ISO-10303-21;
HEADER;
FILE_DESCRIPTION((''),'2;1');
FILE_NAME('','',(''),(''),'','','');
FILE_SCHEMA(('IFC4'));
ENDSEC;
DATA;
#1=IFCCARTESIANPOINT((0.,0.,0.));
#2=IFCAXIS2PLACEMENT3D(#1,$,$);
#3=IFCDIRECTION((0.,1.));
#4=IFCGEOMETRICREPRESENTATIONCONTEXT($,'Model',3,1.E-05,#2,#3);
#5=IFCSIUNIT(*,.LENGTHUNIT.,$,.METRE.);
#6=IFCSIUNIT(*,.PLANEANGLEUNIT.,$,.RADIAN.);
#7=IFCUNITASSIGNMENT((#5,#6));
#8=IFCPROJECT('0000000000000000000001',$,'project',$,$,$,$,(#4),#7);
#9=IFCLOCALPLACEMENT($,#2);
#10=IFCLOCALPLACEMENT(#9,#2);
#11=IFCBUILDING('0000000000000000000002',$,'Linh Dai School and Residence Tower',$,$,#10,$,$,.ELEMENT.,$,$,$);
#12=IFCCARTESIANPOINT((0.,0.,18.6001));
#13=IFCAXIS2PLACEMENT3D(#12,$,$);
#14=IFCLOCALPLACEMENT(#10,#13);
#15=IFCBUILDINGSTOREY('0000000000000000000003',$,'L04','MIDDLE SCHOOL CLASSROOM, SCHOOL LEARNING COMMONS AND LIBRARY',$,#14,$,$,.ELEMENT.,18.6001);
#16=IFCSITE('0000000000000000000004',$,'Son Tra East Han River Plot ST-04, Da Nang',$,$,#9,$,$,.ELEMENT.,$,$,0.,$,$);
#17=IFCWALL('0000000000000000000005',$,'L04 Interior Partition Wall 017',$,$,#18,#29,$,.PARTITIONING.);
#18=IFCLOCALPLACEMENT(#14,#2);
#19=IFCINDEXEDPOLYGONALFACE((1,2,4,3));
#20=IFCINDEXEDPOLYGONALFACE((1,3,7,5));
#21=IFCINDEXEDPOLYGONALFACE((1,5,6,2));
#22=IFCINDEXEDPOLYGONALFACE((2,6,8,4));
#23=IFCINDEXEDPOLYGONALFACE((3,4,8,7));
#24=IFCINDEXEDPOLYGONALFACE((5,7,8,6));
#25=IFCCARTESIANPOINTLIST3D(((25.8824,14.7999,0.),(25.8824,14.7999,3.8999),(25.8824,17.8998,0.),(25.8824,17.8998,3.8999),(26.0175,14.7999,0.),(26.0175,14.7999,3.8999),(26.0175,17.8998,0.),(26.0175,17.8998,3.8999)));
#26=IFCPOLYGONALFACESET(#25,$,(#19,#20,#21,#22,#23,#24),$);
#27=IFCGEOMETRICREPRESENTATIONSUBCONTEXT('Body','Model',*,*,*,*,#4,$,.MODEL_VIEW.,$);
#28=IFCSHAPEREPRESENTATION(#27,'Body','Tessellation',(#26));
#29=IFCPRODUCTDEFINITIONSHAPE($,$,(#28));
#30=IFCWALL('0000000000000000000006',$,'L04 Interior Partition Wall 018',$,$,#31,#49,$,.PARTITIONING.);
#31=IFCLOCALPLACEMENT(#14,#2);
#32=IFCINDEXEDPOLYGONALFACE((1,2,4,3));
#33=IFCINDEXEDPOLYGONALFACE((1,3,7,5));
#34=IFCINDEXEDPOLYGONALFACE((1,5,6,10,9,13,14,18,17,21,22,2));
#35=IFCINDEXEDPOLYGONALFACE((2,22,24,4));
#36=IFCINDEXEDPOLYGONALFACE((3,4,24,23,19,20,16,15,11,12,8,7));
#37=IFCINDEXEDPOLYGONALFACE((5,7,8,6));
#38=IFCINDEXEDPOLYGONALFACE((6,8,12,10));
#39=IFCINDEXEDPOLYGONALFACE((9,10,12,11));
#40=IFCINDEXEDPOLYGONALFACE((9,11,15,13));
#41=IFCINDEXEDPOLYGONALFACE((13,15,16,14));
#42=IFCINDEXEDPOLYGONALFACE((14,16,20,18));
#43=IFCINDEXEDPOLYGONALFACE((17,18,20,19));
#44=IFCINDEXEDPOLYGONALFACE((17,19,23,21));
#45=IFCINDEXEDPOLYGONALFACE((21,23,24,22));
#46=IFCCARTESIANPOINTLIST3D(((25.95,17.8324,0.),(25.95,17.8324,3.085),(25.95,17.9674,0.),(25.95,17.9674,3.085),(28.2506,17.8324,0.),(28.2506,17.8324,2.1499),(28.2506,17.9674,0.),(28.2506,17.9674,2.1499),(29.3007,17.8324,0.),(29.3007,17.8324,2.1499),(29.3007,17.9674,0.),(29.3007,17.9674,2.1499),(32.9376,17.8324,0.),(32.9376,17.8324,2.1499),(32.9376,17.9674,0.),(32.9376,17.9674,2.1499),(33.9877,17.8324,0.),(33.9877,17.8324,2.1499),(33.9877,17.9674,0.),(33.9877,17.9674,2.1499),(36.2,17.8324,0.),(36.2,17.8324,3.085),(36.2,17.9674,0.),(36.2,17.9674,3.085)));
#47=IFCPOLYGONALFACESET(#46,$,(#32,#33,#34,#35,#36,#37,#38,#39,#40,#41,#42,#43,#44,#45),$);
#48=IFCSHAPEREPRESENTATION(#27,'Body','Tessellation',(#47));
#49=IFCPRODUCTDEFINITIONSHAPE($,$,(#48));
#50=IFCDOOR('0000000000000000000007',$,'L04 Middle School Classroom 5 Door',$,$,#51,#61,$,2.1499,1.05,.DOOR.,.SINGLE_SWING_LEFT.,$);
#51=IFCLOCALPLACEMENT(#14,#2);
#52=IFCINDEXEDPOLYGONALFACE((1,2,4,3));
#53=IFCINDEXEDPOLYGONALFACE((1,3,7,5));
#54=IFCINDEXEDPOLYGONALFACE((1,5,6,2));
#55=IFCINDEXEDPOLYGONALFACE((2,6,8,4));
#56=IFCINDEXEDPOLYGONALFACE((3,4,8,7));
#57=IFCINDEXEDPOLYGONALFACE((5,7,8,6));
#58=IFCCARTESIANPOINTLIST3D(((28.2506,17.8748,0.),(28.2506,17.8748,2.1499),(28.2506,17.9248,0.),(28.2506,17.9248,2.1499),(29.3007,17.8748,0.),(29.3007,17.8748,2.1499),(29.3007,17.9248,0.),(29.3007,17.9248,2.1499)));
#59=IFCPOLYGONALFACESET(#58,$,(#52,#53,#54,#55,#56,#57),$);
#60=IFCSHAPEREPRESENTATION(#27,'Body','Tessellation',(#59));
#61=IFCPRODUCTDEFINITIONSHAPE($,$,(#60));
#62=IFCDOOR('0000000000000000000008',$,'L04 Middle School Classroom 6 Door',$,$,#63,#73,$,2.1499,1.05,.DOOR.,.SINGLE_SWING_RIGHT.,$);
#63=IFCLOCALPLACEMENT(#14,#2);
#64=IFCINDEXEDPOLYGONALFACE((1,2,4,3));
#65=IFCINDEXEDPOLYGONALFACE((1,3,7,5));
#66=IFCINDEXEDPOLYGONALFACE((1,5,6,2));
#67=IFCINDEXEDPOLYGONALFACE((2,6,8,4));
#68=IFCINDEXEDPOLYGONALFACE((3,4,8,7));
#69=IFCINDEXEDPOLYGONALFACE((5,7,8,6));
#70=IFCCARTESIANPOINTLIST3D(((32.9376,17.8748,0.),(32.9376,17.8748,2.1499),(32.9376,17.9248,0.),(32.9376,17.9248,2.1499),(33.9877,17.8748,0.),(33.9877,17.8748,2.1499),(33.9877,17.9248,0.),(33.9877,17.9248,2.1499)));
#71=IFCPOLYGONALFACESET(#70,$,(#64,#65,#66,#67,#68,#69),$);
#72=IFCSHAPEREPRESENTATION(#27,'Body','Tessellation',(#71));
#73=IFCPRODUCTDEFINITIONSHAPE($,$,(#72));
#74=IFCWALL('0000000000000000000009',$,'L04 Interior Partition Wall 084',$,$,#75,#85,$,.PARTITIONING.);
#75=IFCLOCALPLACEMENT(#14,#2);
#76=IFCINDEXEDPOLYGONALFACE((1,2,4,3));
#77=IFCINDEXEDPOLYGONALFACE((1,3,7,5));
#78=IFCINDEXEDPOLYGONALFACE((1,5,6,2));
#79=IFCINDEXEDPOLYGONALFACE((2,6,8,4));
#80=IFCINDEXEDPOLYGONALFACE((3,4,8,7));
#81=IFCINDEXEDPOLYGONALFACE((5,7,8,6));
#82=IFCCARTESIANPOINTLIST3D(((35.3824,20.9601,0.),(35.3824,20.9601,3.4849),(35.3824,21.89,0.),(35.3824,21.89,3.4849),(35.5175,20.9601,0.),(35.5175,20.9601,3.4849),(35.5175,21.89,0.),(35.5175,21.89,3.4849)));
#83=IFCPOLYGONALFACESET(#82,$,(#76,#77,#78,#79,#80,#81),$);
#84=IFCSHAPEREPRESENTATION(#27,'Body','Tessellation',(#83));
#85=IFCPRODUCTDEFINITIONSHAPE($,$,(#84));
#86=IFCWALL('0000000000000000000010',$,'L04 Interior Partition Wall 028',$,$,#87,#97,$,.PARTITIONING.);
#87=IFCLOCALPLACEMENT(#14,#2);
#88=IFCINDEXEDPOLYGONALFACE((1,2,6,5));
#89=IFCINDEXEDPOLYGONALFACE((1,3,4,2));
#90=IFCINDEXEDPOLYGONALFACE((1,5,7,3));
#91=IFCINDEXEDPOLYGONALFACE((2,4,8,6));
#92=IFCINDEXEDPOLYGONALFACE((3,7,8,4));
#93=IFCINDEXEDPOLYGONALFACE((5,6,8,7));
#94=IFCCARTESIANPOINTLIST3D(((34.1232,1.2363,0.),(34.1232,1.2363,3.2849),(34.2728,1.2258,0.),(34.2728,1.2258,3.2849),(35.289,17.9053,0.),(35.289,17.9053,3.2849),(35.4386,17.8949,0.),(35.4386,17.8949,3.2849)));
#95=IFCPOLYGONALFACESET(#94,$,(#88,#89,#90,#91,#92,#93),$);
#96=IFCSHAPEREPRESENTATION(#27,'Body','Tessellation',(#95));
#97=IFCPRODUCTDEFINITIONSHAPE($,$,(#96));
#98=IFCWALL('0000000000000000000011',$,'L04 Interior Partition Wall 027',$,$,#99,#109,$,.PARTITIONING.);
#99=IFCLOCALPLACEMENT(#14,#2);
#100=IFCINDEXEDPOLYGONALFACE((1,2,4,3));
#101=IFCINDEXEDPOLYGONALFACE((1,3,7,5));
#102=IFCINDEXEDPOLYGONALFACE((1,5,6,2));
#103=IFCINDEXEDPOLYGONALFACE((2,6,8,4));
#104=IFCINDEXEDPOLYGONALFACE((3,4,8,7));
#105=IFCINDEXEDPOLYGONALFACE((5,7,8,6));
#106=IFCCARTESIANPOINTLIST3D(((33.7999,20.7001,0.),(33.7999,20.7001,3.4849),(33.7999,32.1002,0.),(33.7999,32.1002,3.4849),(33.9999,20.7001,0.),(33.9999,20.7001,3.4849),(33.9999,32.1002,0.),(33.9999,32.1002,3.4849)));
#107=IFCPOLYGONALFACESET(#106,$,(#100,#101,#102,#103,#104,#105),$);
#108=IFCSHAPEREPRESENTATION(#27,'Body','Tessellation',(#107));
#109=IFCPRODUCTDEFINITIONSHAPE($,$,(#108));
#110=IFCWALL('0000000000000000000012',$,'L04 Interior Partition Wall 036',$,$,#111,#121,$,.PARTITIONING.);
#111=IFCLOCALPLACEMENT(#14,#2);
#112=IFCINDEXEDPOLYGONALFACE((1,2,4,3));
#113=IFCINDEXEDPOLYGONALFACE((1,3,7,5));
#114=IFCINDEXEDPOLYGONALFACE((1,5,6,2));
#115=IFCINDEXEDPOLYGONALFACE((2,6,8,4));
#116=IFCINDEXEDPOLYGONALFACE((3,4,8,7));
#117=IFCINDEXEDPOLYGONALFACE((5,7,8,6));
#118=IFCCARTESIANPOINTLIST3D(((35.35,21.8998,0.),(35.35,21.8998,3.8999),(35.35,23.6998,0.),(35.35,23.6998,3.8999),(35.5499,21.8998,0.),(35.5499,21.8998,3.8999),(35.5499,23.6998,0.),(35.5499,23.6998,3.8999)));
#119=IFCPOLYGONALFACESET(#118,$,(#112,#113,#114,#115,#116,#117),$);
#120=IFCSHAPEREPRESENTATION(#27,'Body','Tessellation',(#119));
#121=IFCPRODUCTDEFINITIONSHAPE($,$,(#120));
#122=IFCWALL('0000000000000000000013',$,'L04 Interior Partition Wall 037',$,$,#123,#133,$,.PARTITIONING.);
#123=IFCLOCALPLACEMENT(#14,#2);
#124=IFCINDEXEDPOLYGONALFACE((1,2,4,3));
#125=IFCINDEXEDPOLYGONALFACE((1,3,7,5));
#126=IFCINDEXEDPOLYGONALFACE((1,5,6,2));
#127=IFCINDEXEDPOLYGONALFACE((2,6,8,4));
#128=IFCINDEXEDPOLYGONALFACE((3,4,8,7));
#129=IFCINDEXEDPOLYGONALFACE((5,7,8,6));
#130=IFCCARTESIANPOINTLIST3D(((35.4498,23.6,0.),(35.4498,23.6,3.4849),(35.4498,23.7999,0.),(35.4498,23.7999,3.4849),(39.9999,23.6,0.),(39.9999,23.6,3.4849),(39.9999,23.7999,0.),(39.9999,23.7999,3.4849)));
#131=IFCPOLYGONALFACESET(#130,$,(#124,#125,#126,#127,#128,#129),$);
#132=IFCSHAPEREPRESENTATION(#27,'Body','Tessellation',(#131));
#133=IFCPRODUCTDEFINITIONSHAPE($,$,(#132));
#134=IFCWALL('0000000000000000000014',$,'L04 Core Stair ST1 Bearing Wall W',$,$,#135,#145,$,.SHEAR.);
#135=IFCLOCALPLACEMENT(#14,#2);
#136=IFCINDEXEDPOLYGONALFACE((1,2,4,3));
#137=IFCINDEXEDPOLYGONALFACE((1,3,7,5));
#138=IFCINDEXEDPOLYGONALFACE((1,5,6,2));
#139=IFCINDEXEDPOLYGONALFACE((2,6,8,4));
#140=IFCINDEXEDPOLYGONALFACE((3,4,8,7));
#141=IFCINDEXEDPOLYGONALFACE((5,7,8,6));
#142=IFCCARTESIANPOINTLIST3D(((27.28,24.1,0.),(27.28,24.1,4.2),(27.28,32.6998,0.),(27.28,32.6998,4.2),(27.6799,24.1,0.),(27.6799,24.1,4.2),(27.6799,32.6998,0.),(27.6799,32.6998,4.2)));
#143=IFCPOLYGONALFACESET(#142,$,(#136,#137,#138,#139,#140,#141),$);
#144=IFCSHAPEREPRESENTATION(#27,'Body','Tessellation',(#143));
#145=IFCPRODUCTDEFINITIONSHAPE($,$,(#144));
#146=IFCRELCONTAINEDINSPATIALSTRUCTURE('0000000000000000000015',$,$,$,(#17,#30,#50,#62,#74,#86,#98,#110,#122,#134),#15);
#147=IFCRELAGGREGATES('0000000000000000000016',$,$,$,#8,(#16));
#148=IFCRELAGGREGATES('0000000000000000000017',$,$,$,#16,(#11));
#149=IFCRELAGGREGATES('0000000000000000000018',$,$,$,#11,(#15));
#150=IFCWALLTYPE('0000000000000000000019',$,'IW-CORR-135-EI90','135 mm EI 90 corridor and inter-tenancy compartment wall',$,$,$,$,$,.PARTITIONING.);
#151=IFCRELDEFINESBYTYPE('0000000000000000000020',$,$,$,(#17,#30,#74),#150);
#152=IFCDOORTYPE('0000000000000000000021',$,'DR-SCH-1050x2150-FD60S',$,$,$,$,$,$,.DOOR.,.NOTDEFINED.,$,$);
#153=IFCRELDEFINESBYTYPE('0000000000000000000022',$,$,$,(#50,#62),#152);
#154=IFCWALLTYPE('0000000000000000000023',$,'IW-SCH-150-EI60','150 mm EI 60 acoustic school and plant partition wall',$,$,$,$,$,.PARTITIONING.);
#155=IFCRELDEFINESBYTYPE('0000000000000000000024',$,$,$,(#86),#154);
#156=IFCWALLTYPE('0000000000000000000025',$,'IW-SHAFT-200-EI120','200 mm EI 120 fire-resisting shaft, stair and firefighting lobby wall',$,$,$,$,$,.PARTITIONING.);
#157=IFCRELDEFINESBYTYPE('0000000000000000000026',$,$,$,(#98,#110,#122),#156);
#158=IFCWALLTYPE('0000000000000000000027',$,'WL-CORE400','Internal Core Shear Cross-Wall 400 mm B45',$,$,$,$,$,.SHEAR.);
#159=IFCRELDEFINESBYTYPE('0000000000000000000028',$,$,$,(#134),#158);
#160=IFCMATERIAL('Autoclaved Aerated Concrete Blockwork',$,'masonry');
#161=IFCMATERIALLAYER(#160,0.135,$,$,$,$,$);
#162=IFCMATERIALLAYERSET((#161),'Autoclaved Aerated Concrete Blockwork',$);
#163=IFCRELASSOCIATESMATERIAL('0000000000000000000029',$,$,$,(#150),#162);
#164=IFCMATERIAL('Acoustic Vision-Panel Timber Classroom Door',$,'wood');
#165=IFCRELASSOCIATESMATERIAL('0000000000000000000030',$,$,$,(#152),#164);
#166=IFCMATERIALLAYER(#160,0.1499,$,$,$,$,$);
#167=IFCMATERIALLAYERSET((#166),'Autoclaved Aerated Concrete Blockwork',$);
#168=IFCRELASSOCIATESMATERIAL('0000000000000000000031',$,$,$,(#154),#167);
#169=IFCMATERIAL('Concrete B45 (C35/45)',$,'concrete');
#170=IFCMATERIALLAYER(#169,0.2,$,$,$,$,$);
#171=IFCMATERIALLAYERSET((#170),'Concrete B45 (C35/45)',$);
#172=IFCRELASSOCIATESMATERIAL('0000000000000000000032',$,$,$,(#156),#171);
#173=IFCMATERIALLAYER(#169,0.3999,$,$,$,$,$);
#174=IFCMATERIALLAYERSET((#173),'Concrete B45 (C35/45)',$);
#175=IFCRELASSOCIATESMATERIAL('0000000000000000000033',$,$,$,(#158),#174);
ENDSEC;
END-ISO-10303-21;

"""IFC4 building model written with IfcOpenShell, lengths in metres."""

from ifc_helpers import new_model, si_unit, direction, frame, frame_2d, origin, origin_2d, place, context, subcontext, project, spatial, rectangle, extrude, source, transform, mapped, material, layer, layer_set, type_object, element, fill, save


model = new_model("IFC4")

# Units and contexts
model_context = context("Model", 3, precision=1e-05, world=origin(), true_north=direction((0.0, 1.0)))
body_context = subcontext(model_context, "Body", "Model", "MODEL_VIEW")
ifc_project = project(units=[si_unit("LENGTHUNIT", "METRE"), si_unit("PLANEANGLEUNIT", "RADIAN")], contexts=[model_context])

# Site, building, storey
site_placement = place(None, origin())
site = spatial("IfcSite", under=ifc_project, at=site_placement, Name="Son Tra East Han River Plot ST-04, Da Nang", CompositionType="ELEMENT", RefElevation=0.0)
building_placement = place(site_placement, origin())
building = spatial("IfcBuilding", under=site, at=building_placement, Name="Linh Dai School and Residence Tower", CompositionType="ELEMENT")
storey_placement = place(building_placement, frame((0.0, 0.0, 18.6001)))
storey = spatial("IfcBuildingStorey", under=building, at=storey_placement, Name="L04", Description="MIDDLE SCHOOL CLASSROOM, SCHOOL LEARNING COMMONS AND LIBRARY", CompositionType="ELEMENT", Elevation=18.6001)

# Wall
ifc_material_1 = material(Name="Autoclaved Aerated Concrete Blockwork", Category="masonry")
ifc_layer_1 = layer(ifc_material_1, 0.135)
ifc_layer_set_1 = layer_set([ifc_layer_1], Name="Autoclaved Aerated Concrete Blockwork")
wall_type_1 = type_object("IfcWallType", Name="IW-CORR-135-EI90", Description="135 mm EI 90 corridor and inter-tenancy compartment wall", PredefinedType="PARTITIONING", material=ifc_layer_set_1)
wall_1_placement = place(storey_placement, frame((25.95, 14.8, 0.0), z_axis=(0.0, 0.0, 1.0), x_axis=(0.0, 1.0, 0.0)))
element("IfcWall", 1, at=wall_1_placement, inside=storey, type_object=wall_type_1, Name="L04 Interior Partition Wall 017", PredefinedType="PARTITIONING", context=body_context, shape_type="SweptSolid", body=[
    extrude(rectangle(XDim=3.0999, YDim=0.135, at=frame_2d((1.5498, 0.0))), origin(), (0.0, 0.0, 1.0), 3.8999),
])

# Wall, openings, doors
wall_2_placement = place(storey_placement, frame((25.95, 17.8999, 0.0), z_axis=(0.0, 0.0, 1.0), x_axis=(1.0, 0.0, 0.0)))
wall_2 = element("IfcWall", 2, at=wall_2_placement, inside=storey, type_object=wall_type_1, Name="L04 Interior Partition Wall 018", PredefinedType="PARTITIONING", context=body_context, shape_type="SweptSolid", body=[
    extrude(rectangle(XDim=10.25, YDim=0.135, at=frame_2d((5.125, 0.0))), origin(), (0.0, 0.0, 1.0), 3.085),
])
opening_1_placement = place(wall_2_placement, frame((2.3008, 0.0, 0.0)))
opening_1 = element("IfcOpeningElement", 3, at=opening_1_placement, cuts=wall_2, PredefinedType="OPENING", context=body_context, shape_type="SweptSolid", body=[
    extrude(rectangle(XDim=1.05, YDim=2.1499, at=origin_2d()), frame((0.5249, 0.0776, 1.075), z_axis=(0.0, -1.0, 0.0), x_axis=(1.0, 0.0, 0.0)), (0.0, 0.0, 1.0), 0.155),
])
opening_2_placement = place(wall_2_placement, frame((6.9878, 0.0, 0.0)))
opening_2 = element("IfcOpeningElement", 4, at=opening_2_placement, cuts=wall_2, PredefinedType="OPENING", context=body_context, shape_type="SweptSolid", body=[
    extrude(rectangle(XDim=1.05, YDim=2.1499, at=origin_2d()), frame((0.5249, 0.0776, 1.075), z_axis=(0.0, -1.0, 0.0), x_axis=(1.0, 0.0, 0.0)), (0.0, 0.0, 1.0), 0.155),
])
ifc_material_2 = material(Name="Acoustic Vision-Panel Timber Classroom Door", Category="wood")
door_type_1 = type_object("IfcDoorType", Name="DR-SCH-1050x2150-FD60S", OperationType="NOTDEFINED", PredefinedType="DOOR", material=ifc_material_2)
shared_shape_1 = source(origin(), body_context, "Body", "SweptSolid", [
    extrude(rectangle(XDim=1.05, YDim=2.1499, at=origin_2d()), frame((0.5249, 0.0249, 1.075), z_axis=(0.0, -1.0, 0.0), x_axis=(1.0, 0.0, 0.0)), (0.0, 0.0, 1.0), 0.05),
])
door_1_placement = place(opening_1_placement, origin())
door_1 = element("IfcDoor", 5, at=door_1_placement, inside=storey, type_object=door_type_1, Name="L04 Middle School Classroom 5 Door", OperationType="SINGLE_SWING_LEFT", OverallHeight=2.1499, OverallWidth=1.05, PredefinedType="DOOR", context=body_context, shape_type="MappedRepresentation", body=[
    mapped(shared_shape_1, transform((0.0, 0.0, 0.0), x_axis=(1.0, 0.0, 0.0), y_axis=(0.0, 1.0, 0.0), z_axis=(0.0, 0.0, 1.0), scale=1.0)),
])
fill(opening_1, door_1)
door_2_placement = place(opening_2_placement, origin())
door_2 = element("IfcDoor", 6, at=door_2_placement, inside=storey, type_object=door_type_1, Name="L04 Middle School Classroom 6 Door", OperationType="SINGLE_SWING_RIGHT", OverallHeight=2.1499, OverallWidth=1.05, PredefinedType="DOOR", context=body_context, shape_type="MappedRepresentation", body=[
    mapped(shared_shape_1, transform((0.0, 0.0, 0.0), x_axis=(1.0, 0.0, 0.0), y_axis=(0.0, 1.0, 0.0), z_axis=(0.0, 0.0, 1.0), scale=1.0)),
])
fill(opening_2, door_2)

# Walls
wall_3_placement = place(storey_placement, frame((35.45, 21.8899, 0.0), z_axis=(0.0, 0.0, 1.0), x_axis=(0.0, -1.0, 0.0)))
element("IfcWall", 7, at=wall_3_placement, inside=storey, type_object=wall_type_1, Name="L04 Interior Partition Wall 084", PredefinedType="PARTITIONING", context=body_context, shape_type="SweptSolid", body=[
    extrude(rectangle(XDim=0.9299, YDim=0.135, at=frame_2d((0.4648, 0.0))), origin(), (0.0, 0.0, 1.0), 3.4849),
])
ifc_layer_2 = layer(ifc_material_1, 0.1499)
ifc_layer_set_2 = layer_set([ifc_layer_2], Name="Autoclaved Aerated Concrete Blockwork")
wall_type_2 = type_object("IfcWallType", Name="IW-SCH-150-EI60", Description="150 mm EI 60 acoustic school and plant partition wall", PredefinedType="PARTITIONING", material=ifc_layer_set_2)
wall_4_placement = place(storey_placement, frame((34.198, 1.231, 0.0), z_axis=(0.0, 0.0, 1.0), x_axis=(0.069766, 0.997563, 0.0)))
element("IfcWall", 8, at=wall_4_placement, inside=storey, type_object=wall_type_2, Name="L04 Interior Partition Wall 028", PredefinedType="PARTITIONING", context=body_context, shape_type="SweptSolid", body=[
    extrude(rectangle(XDim=16.7097, YDim=0.1499, at=frame_2d((8.355, 0.0))), origin(), (0.0, 0.0, 1.0), 3.2849),
])

# Shared definitions
ifc_material_3 = material(Name="Concrete B45 (C35/45)", Category="concrete")
ifc_layer_3 = layer(ifc_material_3, 0.2)
ifc_layer_set_3 = layer_set([ifc_layer_3], Name="Concrete B45 (C35/45)")
wall_type_3 = type_object("IfcWallType", Name="IW-SHAFT-200-EI120", Description="200 mm EI 120 fire-resisting shaft, stair and firefighting lobby wall", PredefinedType="PARTITIONING", material=ifc_layer_set_3)

# Walls
wall_5_placement = place(storey_placement, frame((33.8999, 20.7, 0.0), z_axis=(0.0, 0.0, 1.0), x_axis=(0.0, 1.0, 0.0)))
element("IfcWall", 9, at=wall_5_placement, inside=storey, type_object=wall_type_3, Name="L04 Interior Partition Wall 027", PredefinedType="PARTITIONING", context=body_context, shape_type="SweptSolid", body=[
    extrude(rectangle(XDim=11.4001, YDim=0.2, at=frame_2d((5.7002, 0.0))), origin(), (0.0, 0.0, 1.0), 3.4849),
])
wall_6_placement = place(storey_placement, frame((35.45, 21.8999, 0.0), z_axis=(0.0, 0.0, 1.0), x_axis=(0.0, 1.0, 0.0)))
element("IfcWall", 10, at=wall_6_placement, inside=storey, type_object=wall_type_3, Name="L04 Interior Partition Wall 036", PredefinedType="PARTITIONING", context=body_context, shape_type="SweptSolid", body=[
    extrude(rectangle(XDim=1.8, YDim=0.2, at=frame_2d((0.8999, 0.0))), origin(), (0.0, 0.0, 1.0), 3.8999),
])
wall_7_placement = place(storey_placement, frame((35.45, 23.7, 0.0), z_axis=(0.0, 0.0, 1.0), x_axis=(1.0, 0.0, 0.0)))
element("IfcWall", 11, at=wall_7_placement, inside=storey, type_object=wall_type_3, Name="L04 Interior Partition Wall 037", PredefinedType="PARTITIONING", context=body_context, shape_type="SweptSolid", body=[
    extrude(rectangle(XDim=4.55, YDim=0.2, at=frame_2d((2.2749, 0.0))), origin(), (0.0, 0.0, 1.0), 3.4849),
])
ifc_layer_4 = layer(ifc_material_3, 0.3999)
ifc_layer_set_4 = layer_set([ifc_layer_4], Name="Concrete B45 (C35/45)")
wall_type_4 = type_object("IfcWallType", Name="WL-CORE400", Description="Internal Core Shear Cross-Wall 400 mm B45", PredefinedType="SHEAR", material=ifc_layer_set_4)
wall_8_placement = place(storey_placement, frame((27.48, 24.1001, 0.0), z_axis=(0.0, 0.0, 1.0), x_axis=(0.0, 1.0, 0.0)))
element("IfcWall", 12, at=wall_8_placement, inside=storey, type_object=wall_type_4, Name="L04 Core Stair ST1 Bearing Wall W", PredefinedType="SHEAR", context=body_context, shape_type="SweptSolid", body=[
    extrude(rectangle(XDim=8.5999, YDim=0.3999, at=frame_2d((4.2998, 0.0))), origin(), (0.0, 0.0, 1.0), 4.2),
])

save(model, "model.ifc")
